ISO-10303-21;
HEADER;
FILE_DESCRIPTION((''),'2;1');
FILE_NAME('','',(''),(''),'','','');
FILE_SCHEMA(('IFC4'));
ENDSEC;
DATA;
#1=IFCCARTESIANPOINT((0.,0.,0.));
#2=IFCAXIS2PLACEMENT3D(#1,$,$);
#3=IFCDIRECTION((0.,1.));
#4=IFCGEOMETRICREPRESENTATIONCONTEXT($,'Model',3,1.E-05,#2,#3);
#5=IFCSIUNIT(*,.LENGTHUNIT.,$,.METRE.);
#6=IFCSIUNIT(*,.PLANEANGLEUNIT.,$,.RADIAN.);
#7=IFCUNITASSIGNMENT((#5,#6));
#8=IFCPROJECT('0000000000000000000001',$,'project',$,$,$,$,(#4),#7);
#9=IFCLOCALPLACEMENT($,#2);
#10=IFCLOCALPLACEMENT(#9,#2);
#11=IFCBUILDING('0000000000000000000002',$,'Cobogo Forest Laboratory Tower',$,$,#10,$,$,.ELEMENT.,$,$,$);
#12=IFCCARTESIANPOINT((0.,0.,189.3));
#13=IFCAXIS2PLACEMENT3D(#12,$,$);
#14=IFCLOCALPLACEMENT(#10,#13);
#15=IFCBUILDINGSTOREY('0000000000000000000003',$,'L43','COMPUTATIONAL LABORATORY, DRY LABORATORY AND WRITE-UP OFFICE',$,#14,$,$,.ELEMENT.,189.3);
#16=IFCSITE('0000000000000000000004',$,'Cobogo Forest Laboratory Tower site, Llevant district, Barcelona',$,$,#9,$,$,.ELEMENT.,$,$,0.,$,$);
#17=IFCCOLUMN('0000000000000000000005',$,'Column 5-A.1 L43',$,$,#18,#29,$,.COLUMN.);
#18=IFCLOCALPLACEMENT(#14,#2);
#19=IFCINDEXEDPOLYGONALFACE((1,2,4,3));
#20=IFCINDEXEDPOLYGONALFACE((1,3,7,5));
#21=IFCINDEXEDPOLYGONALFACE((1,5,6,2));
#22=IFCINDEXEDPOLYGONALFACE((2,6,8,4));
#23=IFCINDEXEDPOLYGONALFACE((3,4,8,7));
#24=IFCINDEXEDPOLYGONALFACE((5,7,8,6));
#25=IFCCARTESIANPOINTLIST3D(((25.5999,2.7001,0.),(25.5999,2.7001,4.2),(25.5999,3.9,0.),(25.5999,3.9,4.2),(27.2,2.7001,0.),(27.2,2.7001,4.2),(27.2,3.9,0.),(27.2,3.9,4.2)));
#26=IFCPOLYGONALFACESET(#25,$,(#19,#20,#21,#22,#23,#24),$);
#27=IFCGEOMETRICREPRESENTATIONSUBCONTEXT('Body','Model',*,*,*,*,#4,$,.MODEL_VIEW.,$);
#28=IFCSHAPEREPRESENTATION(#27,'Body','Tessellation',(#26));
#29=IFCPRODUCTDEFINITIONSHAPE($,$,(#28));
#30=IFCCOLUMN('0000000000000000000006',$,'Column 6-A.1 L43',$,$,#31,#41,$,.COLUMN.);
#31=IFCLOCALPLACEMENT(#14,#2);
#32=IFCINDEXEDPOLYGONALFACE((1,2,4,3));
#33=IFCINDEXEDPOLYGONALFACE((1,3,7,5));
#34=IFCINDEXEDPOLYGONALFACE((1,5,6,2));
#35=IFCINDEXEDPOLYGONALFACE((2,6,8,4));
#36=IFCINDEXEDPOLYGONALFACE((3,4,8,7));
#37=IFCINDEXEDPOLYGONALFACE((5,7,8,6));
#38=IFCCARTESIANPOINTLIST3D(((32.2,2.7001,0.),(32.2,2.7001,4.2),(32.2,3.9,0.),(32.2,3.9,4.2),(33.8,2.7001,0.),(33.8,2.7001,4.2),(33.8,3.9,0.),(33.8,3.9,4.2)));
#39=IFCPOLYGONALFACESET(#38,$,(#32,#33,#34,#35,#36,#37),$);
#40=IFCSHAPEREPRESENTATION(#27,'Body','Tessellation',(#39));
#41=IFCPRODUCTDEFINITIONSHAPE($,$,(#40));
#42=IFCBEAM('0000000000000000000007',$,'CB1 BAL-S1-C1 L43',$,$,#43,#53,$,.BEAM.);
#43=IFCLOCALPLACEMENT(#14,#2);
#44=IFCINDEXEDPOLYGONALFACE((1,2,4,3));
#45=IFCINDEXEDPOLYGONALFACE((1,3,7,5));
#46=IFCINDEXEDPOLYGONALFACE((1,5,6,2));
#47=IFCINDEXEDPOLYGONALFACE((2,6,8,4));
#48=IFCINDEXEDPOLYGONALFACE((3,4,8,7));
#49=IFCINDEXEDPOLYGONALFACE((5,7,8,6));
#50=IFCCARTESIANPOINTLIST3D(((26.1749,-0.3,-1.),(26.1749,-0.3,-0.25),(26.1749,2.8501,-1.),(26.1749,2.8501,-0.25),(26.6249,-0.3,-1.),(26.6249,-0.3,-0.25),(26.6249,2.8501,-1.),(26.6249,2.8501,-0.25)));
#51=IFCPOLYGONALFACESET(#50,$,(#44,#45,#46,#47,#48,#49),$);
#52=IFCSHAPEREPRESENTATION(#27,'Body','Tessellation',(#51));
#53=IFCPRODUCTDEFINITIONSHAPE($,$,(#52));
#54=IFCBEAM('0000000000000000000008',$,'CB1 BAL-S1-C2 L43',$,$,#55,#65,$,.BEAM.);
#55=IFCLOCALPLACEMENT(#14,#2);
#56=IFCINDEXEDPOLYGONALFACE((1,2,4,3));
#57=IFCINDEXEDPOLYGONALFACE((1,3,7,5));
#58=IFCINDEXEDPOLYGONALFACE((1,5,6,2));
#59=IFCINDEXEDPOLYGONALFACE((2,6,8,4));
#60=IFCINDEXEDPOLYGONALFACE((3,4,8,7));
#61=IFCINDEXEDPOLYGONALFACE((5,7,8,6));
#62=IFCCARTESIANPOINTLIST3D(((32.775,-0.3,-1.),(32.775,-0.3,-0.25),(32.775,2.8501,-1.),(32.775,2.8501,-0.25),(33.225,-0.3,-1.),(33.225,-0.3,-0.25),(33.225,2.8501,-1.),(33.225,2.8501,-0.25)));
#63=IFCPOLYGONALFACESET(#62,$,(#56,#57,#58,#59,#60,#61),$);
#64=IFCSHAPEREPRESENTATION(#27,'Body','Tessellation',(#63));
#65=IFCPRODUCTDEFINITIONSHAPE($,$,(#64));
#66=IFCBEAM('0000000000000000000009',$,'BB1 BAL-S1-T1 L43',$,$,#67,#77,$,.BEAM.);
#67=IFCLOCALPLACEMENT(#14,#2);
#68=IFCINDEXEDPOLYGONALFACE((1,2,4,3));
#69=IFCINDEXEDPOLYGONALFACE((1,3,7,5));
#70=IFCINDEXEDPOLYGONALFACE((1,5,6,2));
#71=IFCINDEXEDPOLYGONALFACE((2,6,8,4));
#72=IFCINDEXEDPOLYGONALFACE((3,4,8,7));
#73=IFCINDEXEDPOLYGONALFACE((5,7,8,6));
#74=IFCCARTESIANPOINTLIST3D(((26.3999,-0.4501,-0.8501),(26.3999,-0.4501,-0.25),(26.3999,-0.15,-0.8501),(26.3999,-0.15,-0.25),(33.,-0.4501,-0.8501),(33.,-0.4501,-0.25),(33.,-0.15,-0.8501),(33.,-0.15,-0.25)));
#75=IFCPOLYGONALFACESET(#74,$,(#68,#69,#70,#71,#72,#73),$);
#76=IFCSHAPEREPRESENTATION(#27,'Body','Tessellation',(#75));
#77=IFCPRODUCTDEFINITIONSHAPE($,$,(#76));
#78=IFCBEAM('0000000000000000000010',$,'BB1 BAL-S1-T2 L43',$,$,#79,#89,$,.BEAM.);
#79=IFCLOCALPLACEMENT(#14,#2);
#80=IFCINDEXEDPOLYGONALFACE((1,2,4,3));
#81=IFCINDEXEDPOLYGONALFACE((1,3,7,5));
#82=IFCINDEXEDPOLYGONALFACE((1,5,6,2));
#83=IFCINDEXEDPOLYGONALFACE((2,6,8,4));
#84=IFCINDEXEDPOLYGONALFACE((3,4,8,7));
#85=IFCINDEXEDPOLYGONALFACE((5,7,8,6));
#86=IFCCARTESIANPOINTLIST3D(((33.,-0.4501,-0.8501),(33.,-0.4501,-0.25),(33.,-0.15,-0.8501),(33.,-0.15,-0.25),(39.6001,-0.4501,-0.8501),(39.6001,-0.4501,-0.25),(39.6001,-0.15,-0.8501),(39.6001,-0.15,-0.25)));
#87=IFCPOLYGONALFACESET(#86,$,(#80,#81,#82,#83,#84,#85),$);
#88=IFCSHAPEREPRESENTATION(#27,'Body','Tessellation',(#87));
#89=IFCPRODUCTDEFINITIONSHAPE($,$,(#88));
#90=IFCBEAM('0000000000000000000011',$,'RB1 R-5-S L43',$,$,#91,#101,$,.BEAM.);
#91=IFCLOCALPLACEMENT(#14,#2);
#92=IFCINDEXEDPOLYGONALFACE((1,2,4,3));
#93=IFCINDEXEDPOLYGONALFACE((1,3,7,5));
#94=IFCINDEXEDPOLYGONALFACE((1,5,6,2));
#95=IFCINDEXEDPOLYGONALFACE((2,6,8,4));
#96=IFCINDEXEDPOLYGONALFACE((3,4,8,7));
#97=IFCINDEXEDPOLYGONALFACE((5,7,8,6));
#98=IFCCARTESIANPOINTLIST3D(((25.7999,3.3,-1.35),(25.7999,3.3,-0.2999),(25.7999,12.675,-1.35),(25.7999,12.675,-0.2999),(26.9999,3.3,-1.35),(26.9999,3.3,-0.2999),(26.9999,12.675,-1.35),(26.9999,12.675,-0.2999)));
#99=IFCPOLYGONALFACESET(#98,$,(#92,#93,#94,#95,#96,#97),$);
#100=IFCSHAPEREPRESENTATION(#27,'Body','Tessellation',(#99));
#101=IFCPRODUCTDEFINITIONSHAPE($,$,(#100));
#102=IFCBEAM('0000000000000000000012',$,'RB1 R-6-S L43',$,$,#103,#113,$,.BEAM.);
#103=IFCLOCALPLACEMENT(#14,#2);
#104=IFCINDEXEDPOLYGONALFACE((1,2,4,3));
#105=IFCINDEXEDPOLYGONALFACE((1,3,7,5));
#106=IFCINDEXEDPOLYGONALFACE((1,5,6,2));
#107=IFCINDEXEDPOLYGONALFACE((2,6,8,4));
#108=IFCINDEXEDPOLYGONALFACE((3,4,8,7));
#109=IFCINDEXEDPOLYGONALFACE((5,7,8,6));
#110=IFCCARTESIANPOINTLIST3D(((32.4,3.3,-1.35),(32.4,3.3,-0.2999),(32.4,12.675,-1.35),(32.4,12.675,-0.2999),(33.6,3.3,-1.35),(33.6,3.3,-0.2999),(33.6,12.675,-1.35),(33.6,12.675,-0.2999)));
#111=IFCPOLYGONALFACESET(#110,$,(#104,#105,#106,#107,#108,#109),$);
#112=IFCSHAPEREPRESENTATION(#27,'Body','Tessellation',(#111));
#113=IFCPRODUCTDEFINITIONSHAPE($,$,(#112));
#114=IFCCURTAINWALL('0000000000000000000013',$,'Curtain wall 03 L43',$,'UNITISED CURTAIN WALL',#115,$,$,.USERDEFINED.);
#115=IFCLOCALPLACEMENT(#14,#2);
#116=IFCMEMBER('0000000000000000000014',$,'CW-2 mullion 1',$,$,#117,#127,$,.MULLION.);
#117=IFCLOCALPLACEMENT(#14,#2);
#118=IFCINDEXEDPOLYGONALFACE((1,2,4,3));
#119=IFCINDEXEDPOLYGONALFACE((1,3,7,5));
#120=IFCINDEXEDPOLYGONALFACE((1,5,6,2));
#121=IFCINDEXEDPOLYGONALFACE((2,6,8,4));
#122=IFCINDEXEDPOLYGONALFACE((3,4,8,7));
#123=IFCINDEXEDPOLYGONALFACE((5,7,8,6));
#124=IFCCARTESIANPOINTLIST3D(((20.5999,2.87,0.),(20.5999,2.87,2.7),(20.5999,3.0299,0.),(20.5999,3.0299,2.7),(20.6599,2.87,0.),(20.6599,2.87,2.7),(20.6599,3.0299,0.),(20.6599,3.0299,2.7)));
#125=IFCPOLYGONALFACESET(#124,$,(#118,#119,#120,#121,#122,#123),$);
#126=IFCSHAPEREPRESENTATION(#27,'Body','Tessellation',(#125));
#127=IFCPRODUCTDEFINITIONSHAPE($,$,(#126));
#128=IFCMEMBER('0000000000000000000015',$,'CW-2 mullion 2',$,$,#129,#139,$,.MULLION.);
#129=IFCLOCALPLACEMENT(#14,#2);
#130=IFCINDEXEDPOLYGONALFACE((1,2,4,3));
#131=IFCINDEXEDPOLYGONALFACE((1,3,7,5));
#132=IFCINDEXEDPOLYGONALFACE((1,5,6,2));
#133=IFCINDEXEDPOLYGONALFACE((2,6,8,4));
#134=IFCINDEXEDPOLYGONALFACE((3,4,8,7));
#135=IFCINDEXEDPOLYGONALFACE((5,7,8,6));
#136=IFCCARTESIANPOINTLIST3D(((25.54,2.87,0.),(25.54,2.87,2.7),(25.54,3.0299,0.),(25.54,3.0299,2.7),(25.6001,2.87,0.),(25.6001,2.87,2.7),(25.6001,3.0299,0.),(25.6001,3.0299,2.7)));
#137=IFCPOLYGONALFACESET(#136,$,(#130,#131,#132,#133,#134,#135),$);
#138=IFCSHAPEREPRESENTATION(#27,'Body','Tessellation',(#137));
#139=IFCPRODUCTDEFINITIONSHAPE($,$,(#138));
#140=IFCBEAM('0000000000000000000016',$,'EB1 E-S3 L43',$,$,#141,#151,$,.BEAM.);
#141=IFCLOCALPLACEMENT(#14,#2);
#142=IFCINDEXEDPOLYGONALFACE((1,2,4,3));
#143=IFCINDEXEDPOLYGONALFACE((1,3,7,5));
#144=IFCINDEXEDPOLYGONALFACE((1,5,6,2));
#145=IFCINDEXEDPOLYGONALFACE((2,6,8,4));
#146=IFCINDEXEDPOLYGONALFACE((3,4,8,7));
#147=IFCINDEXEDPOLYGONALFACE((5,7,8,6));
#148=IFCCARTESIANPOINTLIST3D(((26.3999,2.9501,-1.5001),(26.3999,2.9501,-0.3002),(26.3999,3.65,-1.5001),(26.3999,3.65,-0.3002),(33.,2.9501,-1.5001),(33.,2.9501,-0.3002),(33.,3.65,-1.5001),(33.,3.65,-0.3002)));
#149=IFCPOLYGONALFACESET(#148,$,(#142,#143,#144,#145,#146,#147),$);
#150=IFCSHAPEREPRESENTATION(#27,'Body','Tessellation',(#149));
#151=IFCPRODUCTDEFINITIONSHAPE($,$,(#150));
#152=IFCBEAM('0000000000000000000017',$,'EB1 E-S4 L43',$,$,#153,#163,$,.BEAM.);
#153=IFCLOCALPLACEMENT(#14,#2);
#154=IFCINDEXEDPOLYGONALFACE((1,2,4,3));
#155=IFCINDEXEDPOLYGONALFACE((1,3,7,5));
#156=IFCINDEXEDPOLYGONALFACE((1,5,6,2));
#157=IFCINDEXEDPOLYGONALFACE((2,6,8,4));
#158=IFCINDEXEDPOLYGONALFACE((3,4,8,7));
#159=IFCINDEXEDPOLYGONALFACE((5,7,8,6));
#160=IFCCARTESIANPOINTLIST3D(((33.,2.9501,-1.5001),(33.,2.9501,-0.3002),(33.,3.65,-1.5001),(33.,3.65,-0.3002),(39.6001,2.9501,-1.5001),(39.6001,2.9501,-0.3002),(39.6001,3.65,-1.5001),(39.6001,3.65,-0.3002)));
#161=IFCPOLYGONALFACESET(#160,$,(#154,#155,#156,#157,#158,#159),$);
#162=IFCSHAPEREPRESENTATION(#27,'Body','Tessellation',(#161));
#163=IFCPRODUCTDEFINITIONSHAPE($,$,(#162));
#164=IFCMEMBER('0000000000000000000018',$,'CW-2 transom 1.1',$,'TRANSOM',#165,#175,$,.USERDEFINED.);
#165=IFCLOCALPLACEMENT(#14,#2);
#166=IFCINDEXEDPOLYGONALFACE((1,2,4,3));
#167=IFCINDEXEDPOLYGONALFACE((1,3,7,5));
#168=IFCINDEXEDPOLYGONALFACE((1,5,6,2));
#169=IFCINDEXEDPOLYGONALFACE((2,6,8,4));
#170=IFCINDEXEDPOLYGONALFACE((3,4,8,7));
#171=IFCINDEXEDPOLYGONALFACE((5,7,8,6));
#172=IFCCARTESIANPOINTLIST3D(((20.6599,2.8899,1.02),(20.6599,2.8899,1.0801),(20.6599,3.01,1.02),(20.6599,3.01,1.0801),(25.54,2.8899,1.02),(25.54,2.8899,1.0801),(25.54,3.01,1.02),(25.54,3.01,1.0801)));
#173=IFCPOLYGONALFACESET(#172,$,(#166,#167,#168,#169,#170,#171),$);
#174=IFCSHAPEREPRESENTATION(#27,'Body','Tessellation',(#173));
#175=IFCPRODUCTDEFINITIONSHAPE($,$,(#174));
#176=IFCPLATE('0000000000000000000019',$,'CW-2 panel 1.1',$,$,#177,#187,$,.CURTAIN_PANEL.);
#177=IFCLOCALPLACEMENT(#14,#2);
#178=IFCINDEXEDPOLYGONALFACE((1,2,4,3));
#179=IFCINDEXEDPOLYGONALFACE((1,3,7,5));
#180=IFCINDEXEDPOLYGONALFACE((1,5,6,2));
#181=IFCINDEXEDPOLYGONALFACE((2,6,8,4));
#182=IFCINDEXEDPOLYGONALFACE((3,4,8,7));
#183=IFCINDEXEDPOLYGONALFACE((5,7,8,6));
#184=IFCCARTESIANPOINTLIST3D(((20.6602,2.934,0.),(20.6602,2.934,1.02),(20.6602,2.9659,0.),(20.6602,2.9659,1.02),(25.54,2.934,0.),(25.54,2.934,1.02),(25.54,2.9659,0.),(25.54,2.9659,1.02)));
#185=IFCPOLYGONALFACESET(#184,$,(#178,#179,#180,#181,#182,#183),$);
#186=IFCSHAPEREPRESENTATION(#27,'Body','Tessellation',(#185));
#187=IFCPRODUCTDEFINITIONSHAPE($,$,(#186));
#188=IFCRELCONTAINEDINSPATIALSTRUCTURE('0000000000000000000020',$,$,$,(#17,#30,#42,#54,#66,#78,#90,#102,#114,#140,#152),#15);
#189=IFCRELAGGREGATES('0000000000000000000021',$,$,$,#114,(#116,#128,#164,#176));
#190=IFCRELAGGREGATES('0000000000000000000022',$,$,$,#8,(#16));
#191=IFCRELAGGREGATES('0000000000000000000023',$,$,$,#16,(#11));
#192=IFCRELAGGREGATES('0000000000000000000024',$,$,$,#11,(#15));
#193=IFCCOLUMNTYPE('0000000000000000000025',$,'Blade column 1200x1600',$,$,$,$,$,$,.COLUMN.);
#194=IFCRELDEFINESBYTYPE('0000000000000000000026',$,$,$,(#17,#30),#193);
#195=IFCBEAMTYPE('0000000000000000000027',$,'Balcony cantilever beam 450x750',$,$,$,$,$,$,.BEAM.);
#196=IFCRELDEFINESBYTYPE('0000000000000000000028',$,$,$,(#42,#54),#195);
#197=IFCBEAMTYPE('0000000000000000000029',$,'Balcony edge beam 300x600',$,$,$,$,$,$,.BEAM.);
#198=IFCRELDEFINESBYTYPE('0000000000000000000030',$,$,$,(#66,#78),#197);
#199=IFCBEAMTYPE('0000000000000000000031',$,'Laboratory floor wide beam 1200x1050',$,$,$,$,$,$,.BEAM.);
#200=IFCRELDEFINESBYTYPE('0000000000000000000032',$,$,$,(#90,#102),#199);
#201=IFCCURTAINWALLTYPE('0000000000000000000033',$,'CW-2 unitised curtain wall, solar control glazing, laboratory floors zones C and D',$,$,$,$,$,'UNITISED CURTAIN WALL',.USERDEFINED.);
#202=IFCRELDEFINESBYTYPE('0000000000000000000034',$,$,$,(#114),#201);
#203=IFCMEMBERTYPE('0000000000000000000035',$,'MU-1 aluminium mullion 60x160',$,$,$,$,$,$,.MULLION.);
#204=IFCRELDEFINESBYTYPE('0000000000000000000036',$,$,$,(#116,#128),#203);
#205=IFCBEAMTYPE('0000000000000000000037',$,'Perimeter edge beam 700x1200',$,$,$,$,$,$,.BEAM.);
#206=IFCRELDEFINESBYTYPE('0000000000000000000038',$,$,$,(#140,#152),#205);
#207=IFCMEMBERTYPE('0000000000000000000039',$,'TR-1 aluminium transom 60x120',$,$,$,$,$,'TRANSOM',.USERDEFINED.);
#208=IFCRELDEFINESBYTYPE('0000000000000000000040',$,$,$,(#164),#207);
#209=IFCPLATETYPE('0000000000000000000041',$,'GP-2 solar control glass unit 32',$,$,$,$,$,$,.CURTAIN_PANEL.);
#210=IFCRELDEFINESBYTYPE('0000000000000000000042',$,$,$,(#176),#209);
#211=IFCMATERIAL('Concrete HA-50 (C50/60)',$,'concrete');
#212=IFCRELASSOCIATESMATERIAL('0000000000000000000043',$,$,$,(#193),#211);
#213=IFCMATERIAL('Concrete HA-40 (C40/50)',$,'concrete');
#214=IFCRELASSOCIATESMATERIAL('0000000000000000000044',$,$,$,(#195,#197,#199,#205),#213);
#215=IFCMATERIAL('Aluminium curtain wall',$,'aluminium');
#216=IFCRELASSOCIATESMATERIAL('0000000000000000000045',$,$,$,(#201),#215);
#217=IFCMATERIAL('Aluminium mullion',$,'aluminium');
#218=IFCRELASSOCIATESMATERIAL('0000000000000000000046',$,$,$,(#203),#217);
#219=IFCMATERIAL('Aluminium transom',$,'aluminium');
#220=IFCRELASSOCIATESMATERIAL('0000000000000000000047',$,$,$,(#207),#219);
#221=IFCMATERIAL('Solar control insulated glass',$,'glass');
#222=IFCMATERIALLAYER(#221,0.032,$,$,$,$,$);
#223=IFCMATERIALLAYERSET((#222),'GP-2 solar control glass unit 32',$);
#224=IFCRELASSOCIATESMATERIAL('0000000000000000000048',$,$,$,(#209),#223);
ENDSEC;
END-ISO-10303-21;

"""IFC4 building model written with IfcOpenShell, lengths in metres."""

from ifc_helpers import new_model, si_unit, direction, frame, origin, origin_2d, place, context, subcontext, project, spatial, rectangle, extrude, material, layer, layer_set, material_profile, profile_set, type_object, element, aggregate, save


model = new_model("IFC4")

# Units and contexts
model_context = context("Model", 3, precision=1e-05, world=origin(), true_north=direction((0.0, 1.0)))
body_context = subcontext(model_context, "Body", "Model", "MODEL_VIEW")
ifc_project = project(units=[si_unit("LENGTHUNIT", "METRE"), si_unit("PLANEANGLEUNIT", "RADIAN")], contexts=[model_context])

# Site, building, storey
site_placement = place(None, origin())
site = spatial("IfcSite", under=ifc_project, at=site_placement, Name="Cobogo Forest Laboratory Tower site, Llevant district, Barcelona", CompositionType="ELEMENT", RefElevation=0.0)
building_placement = place(site_placement, origin())
building = spatial("IfcBuilding", under=site, at=building_placement, Name="Cobogo Forest Laboratory Tower", CompositionType="ELEMENT")
storey_placement = place(building_placement, frame((0.0, 0.0, 189.3)))
storey = spatial("IfcBuildingStorey", under=building, at=storey_placement, Name="L43", Description="COMPUTATIONAL LABORATORY, DRY LABORATORY AND WRITE-UP OFFICE", CompositionType="ELEMENT", Elevation=189.3)

# Columns
ifc_material_1 = material(Name="Concrete HA-50 (C50/60)", Category="concrete")
ifc_material_profile_1 = material_profile(ifc_material_1, rectangle(XDim=1.6001, YDim=1.2, at=origin_2d()), Name="RC 1200x1600")
ifc_profile_set_1 = profile_set([ifc_material_profile_1], Name="Concrete HA-50 (C50/60)")
column_type = type_object("IfcColumnType", Name="Blade column 1200x1600", PredefinedType="COLUMN", material=ifc_profile_set_1)
for number, where, z_axis, x_axis, name in (
    (1, (26.3999, 3.3, 0.0), (0.0, 0.0, 1.0), (1.0, 0.0, 0.0), "Column 5-A.1 L43"),
    (2, (33.0, 3.3, 0.0), (0.0, 0.0, 1.0), (1.0, 0.0, 0.0), "Column 6-A.1 L43"),
):
    element("IfcColumn", number, at=place(storey_placement, frame(where, z_axis=z_axis, x_axis=x_axis)), inside=storey, type_object=column_type, Name=name, PredefinedType="COLUMN", context=body_context, shape_type="SweptSolid", body=[
        extrude(rectangle(XDim=1.6001, YDim=1.2, at=origin_2d()), origin(), (0.0, 0.0, 1.0), 4.2),
    ])

# Beams
ifc_material_2 = material(Name="Concrete HA-40 (C40/50)", Category="concrete")
ifc_material_profile_2 = material_profile(ifc_material_2, rectangle(XDim=0.45, YDim=0.75, at=origin_2d()), Name="RC 450x750")
ifc_profile_set_2 = profile_set([ifc_material_profile_2], Name="Concrete HA-40 (C40/50)")
beam_type_1 = type_object("IfcBeamType", Name="Balcony cantilever beam 450x750", PredefinedType="BEAM", material=ifc_profile_set_2)
for number, where, z_axis, x_axis, name in (
    (3, (26.3999, 2.8501, -0.625), (0.0, -1.0, 0.0), (1.0, 0.0, 0.0), "CB1 BAL-S1-C1 L43"),
    (4, (33.0, 2.8501, -0.625), (0.0, -1.0, 0.0), (1.0, 0.0, 0.0), "CB1 BAL-S1-C2 L43"),
):
    element("IfcBeam", number, at=place(storey_placement, frame(where, z_axis=z_axis, x_axis=x_axis)), inside=storey, type_object=beam_type_1, Name=name, PredefinedType="BEAM", context=body_context, shape_type="SweptSolid", body=[
        extrude(rectangle(XDim=0.45, YDim=0.75, at=origin_2d()), origin(), (0.0, 0.0, 1.0), 3.1501),
    ])
ifc_material_profile_3 = material_profile(ifc_material_2, rectangle(XDim=0.3, YDim=0.6001, at=origin_2d()), Name="RC 300x600")
ifc_profile_set_3 = profile_set([ifc_material_profile_3], Name="Concrete HA-40 (C40/50)")
beam_type_2 = type_object("IfcBeamType", Name="Balcony edge beam 300x600", PredefinedType="BEAM", material=ifc_profile_set_3)
for number, where, z_axis, x_axis, name in (
    (5, (26.3999, -0.3, -0.55), (1.0, 0.0, 0.0), (0.0, 1.0, 0.0), "BB1 BAL-S1-T1 L43"),
    (6, (33.0, -0.3, -0.55), (1.0, 0.0, 0.0), (0.0, 1.0, 0.0), "BB1 BAL-S1-T2 L43"),
):
    element("IfcBeam", number, at=place(storey_placement, frame(where, z_axis=z_axis, x_axis=x_axis)), inside=storey, type_object=beam_type_2, Name=name, PredefinedType="BEAM", context=body_context, shape_type="SweptSolid", body=[
        extrude(rectangle(XDim=0.3, YDim=0.6001, at=origin_2d()), origin(), (0.0, 0.0, 1.0), 6.6001),
    ])
ifc_material_profile_4 = material_profile(ifc_material_2, rectangle(XDim=1.2, YDim=1.05, at=origin_2d()), Name="RC 1200x1050")
ifc_profile_set_4 = profile_set([ifc_material_profile_4], Name="Concrete HA-40 (C40/50)")
beam_type_3 = type_object("IfcBeamType", Name="Laboratory floor wide beam 1200x1050", PredefinedType="BEAM", material=ifc_profile_set_4)
for number, where, z_axis, x_axis, name in (
    (7, (26.3999, 12.675, -0.825), (0.0, -1.0, 0.0), (1.0, 0.0, 0.0), "RB1 R-5-S L43"),
    (8, (33.0, 12.675, -0.825), (0.0, -1.0, 0.0), (1.0, 0.0, 0.0), "RB1 R-6-S L43"),
):
    element("IfcBeam", number, at=place(storey_placement, frame(where, z_axis=z_axis, x_axis=x_axis)), inside=storey, type_object=beam_type_3, Name=name, PredefinedType="BEAM", context=body_context, shape_type="SweptSolid", body=[
        extrude(rectangle(XDim=1.2, YDim=1.05, at=origin_2d()), origin(), (0.0, 0.0, 1.0), 9.375),
    ])

# Curtain wall, members
ifc_material_3 = material(Name="Aluminium curtain wall", Category="aluminium")
curtain_wall_type = type_object("IfcCurtainWallType", Name="CW-2 unitised curtain wall, solar control glazing, laboratory floors zones C and D", ElementType="UNITISED CURTAIN WALL", PredefinedType="USERDEFINED", material=ifc_material_3)
curtain_wall_placement = place(storey_placement, origin())
curtain_wall = element("IfcCurtainWall", 9, at=curtain_wall_placement, inside=storey, type_object=curtain_wall_type, Name="Curtain wall 03 L43", ObjectType="UNITISED CURTAIN WALL", PredefinedType="USERDEFINED")
ifc_material_4 = material(Name="Aluminium mullion", Category="aluminium")
ifc_material_profile_5 = material_profile(ifc_material_4, rectangle(XDim=0.0601, YDim=0.1599, at=origin_2d()), Name="AL 60x160")
ifc_profile_set_5 = profile_set([ifc_material_profile_5], Name="Aluminium mullion")
member_type_1 = type_object("IfcMemberType", Name="MU-1 aluminium mullion 60x160", PredefinedType="MULLION", material=ifc_profile_set_5)
member_1_placement = place(storey_placement, frame((20.6299, 2.95, 0.0), z_axis=(0.0, 0.0, 1.0), x_axis=(1.0, 0.0, 0.0)))
member_1 = element("IfcMember", 10, at=member_1_placement, type_object=member_type_1, Name="CW-2 mullion 1", PredefinedType="MULLION", context=body_context, shape_type="SweptSolid", body=[
    extrude(rectangle(XDim=0.0601, YDim=0.1599, at=origin_2d()), origin(), (0.0, 0.0, 1.0), 2.7),
])
member_2_placement = place(storey_placement, frame((25.5701, 2.95, 0.0), z_axis=(0.0, 0.0, 1.0), x_axis=(1.0, 0.0, 0.0)))
member_2 = element("IfcMember", 11, at=member_2_placement, type_object=member_type_1, Name="CW-2 mullion 2", PredefinedType="MULLION", context=body_context, shape_type="SweptSolid", body=[
    extrude(rectangle(XDim=0.0601, YDim=0.1599, at=origin_2d()), origin(), (0.0, 0.0, 1.0), 2.7),
])

# Beams
ifc_material_profile_6 = material_profile(ifc_material_2, rectangle(XDim=0.7, YDim=1.2, at=origin_2d()), Name="RC 700x1200")
ifc_profile_set_6 = profile_set([ifc_material_profile_6], Name="Concrete HA-40 (C40/50)")
beam_type_4 = type_object("IfcBeamType", Name="Perimeter edge beam 700x1200", PredefinedType="BEAM", material=ifc_profile_set_6)
for number, where, z_axis, x_axis, name in (
    (12, (26.3999, 3.3, -0.9001), (1.0, 0.0, 0.0), (0.0, 1.0, 0.0), "EB1 E-S3 L43"),
    (13, (33.0, 3.3, -0.9001), (1.0, 0.0, 0.0), (0.0, 1.0, 0.0), "EB1 E-S4 L43"),
):
    element("IfcBeam", number, at=place(storey_placement, frame(where, z_axis=z_axis, x_axis=x_axis)), inside=storey, type_object=beam_type_4, Name=name, PredefinedType="BEAM", context=body_context, shape_type="SweptSolid", body=[
        extrude(rectangle(XDim=0.7, YDim=1.2, at=origin_2d()), origin(), (0.0, 0.0, 1.0), 6.6001),
    ])

# Member
ifc_material_5 = material(Name="Aluminium transom", Category="aluminium")
ifc_material_profile_7 = material_profile(ifc_material_5, rectangle(XDim=0.1201, YDim=0.0601, at=origin_2d()), Name="AL 60x120")
ifc_profile_set_7 = profile_set([ifc_material_profile_7], Name="Aluminium transom")
member_type_2 = type_object("IfcMemberType", Name="TR-1 aluminium transom 60x120", ElementType="TRANSOM", PredefinedType="USERDEFINED", material=ifc_profile_set_7)
member_3_placement = place(storey_placement, frame((20.6599, 2.95, 1.05), z_axis=(1.0, 0.0, 0.0), x_axis=(0.0, 1.0, 0.0)))
member_3 = element("IfcMember", 14, at=member_3_placement, type_object=member_type_2, Name="CW-2 transom 1.1", ObjectType="TRANSOM", PredefinedType="USERDEFINED", context=body_context, shape_type="SweptSolid", body=[
    extrude(rectangle(XDim=0.1201, YDim=0.0601, at=origin_2d()), origin(), (0.0, 0.0, 1.0), 4.8801),
])

# Plate
ifc_material_6 = material(Name="Solar control insulated glass", Category="glass")
ifc_layer_1 = layer(ifc_material_6, 0.032)
ifc_layer_set_1 = layer_set([ifc_layer_1], Name="GP-2 solar control glass unit 32")
plate_type_1 = type_object("IfcPlateType", Name="GP-2 solar control glass unit 32", PredefinedType="CURTAIN_PANEL", material=ifc_layer_set_1)
plate_1_placement = place(storey_placement, frame((23.1001, 2.95, 0.0), z_axis=(0.0, 0.0, 1.0), x_axis=(1.0, 0.0, 0.0)))
plate_1 = element("IfcPlate", 15, at=plate_1_placement, type_object=plate_type_1, Name="CW-2 panel 1.1", PredefinedType="CURTAIN_PANEL", context=body_context, shape_type="SweptSolid", body=[
    extrude(rectangle(XDim=4.8799, YDim=0.032, at=origin_2d()), origin(), (0.0, 0.0, 1.0), 1.02),
])
aggregate(curtain_wall, [member_1, member_2, member_3, plate_1])

save(model, "model.ifc")
